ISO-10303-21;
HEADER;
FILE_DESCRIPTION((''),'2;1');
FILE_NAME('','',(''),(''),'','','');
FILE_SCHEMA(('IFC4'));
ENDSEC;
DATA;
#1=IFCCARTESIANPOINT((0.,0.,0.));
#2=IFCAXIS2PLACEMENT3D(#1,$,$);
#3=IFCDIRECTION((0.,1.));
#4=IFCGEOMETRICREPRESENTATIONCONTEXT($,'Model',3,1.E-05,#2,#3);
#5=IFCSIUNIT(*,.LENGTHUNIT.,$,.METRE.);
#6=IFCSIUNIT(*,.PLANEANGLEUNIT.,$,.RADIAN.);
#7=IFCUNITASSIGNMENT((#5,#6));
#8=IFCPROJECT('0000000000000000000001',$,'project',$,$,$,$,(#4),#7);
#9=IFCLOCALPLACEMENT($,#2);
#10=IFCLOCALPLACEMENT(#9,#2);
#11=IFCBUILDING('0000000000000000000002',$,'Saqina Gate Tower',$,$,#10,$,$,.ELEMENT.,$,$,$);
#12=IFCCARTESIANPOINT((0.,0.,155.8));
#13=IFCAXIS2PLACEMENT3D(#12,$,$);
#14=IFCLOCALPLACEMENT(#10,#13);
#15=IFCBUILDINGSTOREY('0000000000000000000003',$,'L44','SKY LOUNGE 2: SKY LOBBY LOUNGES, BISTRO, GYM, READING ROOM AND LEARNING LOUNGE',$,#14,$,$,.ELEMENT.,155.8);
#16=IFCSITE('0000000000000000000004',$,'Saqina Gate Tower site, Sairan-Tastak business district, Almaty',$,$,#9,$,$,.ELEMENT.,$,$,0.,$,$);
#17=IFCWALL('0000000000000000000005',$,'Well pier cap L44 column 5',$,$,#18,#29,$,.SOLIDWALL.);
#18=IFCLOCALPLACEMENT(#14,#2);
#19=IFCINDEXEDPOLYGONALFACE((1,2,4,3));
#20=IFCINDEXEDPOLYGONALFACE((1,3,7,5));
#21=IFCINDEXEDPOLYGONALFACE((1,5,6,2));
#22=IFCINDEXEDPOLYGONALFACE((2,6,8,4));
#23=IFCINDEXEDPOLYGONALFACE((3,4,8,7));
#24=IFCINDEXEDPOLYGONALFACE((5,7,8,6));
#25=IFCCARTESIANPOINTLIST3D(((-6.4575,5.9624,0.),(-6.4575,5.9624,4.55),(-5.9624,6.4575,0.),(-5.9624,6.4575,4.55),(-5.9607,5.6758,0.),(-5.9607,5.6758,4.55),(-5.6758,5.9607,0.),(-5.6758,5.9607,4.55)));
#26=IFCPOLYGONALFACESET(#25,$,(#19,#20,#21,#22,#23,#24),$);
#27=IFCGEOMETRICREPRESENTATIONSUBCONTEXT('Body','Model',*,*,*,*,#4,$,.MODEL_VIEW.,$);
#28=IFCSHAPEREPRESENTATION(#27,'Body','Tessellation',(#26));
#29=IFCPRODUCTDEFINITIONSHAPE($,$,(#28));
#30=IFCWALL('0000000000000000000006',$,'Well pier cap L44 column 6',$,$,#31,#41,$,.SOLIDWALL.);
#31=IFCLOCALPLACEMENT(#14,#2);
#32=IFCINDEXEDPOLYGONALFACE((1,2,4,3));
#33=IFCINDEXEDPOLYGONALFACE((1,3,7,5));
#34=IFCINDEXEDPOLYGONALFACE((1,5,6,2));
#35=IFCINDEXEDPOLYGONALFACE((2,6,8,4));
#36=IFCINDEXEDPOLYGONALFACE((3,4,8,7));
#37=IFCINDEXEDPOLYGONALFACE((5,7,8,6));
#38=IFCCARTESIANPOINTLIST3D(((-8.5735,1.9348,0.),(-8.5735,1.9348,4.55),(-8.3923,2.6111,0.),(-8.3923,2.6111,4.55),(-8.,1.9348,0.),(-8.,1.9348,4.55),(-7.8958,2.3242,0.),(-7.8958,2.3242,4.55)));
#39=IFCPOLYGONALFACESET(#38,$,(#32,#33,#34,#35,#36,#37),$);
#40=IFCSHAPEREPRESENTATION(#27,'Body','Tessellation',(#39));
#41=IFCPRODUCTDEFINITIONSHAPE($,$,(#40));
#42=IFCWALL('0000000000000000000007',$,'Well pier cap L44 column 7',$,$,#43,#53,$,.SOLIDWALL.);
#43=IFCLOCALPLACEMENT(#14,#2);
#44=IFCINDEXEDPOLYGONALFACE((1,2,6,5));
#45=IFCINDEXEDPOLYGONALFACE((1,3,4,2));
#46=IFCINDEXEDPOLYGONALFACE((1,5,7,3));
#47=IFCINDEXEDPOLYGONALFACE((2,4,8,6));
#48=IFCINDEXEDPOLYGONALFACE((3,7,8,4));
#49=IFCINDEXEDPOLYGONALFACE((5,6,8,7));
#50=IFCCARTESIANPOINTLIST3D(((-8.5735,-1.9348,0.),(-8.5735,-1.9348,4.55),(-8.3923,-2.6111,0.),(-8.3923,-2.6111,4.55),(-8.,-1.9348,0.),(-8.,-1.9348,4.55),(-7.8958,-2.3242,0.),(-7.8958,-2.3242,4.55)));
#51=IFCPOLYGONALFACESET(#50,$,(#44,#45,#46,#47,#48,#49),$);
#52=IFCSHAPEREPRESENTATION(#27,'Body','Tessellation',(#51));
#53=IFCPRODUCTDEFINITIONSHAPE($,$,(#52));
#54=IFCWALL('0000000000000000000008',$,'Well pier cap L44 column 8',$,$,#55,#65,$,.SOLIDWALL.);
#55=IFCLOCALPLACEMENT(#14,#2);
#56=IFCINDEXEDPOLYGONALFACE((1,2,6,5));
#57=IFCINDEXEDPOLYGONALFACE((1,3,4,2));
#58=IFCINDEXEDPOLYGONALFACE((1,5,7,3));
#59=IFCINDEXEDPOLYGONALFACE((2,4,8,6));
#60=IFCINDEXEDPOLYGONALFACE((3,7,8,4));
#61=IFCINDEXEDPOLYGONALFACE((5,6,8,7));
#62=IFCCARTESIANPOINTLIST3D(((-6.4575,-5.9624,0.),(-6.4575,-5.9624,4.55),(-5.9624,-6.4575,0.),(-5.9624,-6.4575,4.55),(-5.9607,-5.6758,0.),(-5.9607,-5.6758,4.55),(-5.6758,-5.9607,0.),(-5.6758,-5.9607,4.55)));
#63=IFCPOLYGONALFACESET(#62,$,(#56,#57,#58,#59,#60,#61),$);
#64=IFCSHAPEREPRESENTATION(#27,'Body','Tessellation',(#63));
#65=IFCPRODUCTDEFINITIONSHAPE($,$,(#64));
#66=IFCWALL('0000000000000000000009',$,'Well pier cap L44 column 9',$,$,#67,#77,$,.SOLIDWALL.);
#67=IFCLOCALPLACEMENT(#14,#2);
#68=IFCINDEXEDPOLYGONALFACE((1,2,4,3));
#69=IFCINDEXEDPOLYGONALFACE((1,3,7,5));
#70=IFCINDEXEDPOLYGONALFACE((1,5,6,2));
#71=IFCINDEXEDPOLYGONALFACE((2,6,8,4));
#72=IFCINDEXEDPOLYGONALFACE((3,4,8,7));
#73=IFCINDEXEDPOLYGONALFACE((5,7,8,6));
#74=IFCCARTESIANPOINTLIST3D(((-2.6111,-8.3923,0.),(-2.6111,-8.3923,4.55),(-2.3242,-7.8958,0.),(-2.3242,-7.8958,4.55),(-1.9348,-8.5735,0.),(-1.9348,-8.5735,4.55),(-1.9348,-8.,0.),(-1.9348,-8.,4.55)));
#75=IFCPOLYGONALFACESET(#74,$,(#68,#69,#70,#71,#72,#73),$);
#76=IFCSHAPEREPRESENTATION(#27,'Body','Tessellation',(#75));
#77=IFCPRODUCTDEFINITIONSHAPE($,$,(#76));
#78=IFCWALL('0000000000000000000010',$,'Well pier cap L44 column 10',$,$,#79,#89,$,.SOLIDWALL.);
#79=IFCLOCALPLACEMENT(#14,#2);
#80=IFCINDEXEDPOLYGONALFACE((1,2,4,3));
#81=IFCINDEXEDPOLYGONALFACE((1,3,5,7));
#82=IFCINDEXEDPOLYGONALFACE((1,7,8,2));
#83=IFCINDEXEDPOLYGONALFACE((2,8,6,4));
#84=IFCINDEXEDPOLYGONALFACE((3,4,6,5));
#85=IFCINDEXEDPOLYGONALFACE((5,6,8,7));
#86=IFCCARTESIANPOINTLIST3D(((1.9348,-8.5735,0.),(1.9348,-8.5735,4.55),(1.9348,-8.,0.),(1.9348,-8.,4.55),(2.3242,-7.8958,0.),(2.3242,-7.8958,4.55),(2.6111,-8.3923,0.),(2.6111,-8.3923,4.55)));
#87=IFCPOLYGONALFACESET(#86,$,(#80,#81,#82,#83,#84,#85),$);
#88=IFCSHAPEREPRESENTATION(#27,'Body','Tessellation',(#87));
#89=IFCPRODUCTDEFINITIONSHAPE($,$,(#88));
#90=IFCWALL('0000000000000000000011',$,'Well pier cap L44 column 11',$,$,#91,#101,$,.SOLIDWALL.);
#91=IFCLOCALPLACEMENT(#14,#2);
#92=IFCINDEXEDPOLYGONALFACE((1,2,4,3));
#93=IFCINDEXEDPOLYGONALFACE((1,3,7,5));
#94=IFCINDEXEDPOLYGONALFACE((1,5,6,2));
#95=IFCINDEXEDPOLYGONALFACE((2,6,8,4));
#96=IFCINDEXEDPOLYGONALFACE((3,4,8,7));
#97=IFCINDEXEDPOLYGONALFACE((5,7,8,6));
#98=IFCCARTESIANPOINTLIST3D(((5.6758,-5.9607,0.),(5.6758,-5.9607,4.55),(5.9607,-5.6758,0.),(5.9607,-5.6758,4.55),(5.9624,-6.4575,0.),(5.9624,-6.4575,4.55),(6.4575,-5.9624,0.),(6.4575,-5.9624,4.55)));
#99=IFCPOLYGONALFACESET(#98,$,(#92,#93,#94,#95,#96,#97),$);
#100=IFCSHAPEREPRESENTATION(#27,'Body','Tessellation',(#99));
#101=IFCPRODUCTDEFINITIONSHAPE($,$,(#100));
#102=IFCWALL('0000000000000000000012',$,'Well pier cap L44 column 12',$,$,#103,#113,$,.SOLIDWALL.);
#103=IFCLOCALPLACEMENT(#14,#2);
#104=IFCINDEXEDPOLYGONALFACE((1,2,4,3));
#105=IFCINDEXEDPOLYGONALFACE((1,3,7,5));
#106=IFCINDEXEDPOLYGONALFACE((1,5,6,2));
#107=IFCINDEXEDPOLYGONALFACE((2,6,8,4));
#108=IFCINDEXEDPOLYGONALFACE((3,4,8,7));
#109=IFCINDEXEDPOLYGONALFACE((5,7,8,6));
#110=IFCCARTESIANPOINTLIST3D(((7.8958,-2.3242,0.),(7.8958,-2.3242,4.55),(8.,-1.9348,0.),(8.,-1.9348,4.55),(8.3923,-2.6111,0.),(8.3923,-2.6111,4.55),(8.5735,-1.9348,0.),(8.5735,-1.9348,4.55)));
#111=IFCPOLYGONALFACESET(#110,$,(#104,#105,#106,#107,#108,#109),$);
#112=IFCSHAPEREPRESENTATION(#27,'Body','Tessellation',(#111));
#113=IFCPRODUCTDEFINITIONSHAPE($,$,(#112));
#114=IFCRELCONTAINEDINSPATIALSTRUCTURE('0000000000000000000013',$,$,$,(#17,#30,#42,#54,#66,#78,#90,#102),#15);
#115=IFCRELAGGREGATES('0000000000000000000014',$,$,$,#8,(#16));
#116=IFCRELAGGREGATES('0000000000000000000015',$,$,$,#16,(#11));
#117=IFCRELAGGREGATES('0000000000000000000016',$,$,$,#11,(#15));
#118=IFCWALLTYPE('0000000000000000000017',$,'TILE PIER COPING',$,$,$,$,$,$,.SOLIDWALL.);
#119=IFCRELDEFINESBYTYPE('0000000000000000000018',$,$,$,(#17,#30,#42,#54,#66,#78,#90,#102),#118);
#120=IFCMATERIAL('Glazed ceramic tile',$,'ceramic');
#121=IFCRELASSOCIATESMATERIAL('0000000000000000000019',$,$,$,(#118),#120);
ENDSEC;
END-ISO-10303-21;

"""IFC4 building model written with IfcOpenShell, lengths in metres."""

from ifc_helpers import new_model, si_unit, direction, frame, origin, place, context, subcontext, project, spatial, polyline, outline, extrude, material, type_object, element, save


model = new_model("IFC4")

# Units and contexts
model_context = context("Model", 3, precision=1e-05, world=origin(), true_north=direction((0.0, 1.0)))
body_context = subcontext(model_context, "Body", "Model", "MODEL_VIEW")
ifc_project = project(units=[si_unit("LENGTHUNIT", "METRE"), si_unit("PLANEANGLEUNIT", "RADIAN")], contexts=[model_context])

# Site, building, storey
site_placement = place(None, origin())
site = spatial("IfcSite", under=ifc_project, at=site_placement, Name="Saqina Gate Tower site, Sairan-Tastak business district, Almaty", CompositionType="ELEMENT", RefElevation=0.0)
building_placement = place(site_placement, origin())
building = spatial("IfcBuilding", under=site, at=building_placement, Name="Saqina Gate Tower", CompositionType="ELEMENT")
storey_placement = place(building_placement, frame((0.0, 0.0, 155.8)))
storey = spatial("IfcBuildingStorey", under=building, at=storey_placement, Name="L44", Description="SKY LOUNGE 2: SKY LOBBY LOUNGES, BISTRO, GYM, READING ROOM AND LEARNING LOUNGE", CompositionType="ELEMENT", Elevation=155.8)

# Walls
ifc_material_1 = material(Name="Glazed ceramic tile", Category="ceramic")
wall_type = type_object("IfcWallType", Name="TILE PIER COPING", PredefinedType="SOLIDWALL", material=ifc_material_1)
wall_1_placement = place(storey_placement, origin())
element("IfcWall", 1, at=wall_1_placement, inside=storey, type_object=wall_type, Name="Well pier cap L44 column 5", PredefinedType="SOLIDWALL", context=body_context, shape_type="SweptSolid", body=[
    extrude(outline(polyline([(-6.4575, 5.9624), (-5.9607, 5.6758), (-5.6758, 5.9607), (-5.9624, 6.4575), (-6.4575, 5.9624)])), origin(), (0.0, 0.0, 1.0), 4.55),
])
wall_2_placement = place(storey_placement, origin())
element("IfcWall", 2, at=wall_2_placement, inside=storey, type_object=wall_type, Name="Well pier cap L44 column 6", PredefinedType="SOLIDWALL", context=body_context, shape_type="SweptSolid", body=[
    extrude(outline(polyline([(-8.5735, 1.9348), (-8.0, 1.9348), (-7.8958, 2.3242), (-8.3923, 2.6111), (-8.5735, 1.9348)])), origin(), (0.0, 0.0, 1.0), 4.55),
])
wall_3_placement = place(storey_placement, origin())
element("IfcWall", 3, at=wall_3_placement, inside=storey, type_object=wall_type, Name="Well pier cap L44 column 7", PredefinedType="SOLIDWALL", context=body_context, shape_type="SweptSolid", body=[
    extrude(outline(polyline([(-8.0, -1.9348), (-8.5735, -1.9348), (-8.3923, -2.6111), (-7.8958, -2.3242), (-8.0, -1.9348)])), origin(), (0.0, 0.0, 1.0), 4.55),
])
wall_4_placement = place(storey_placement, origin())
element("IfcWall", 4, at=wall_4_placement, inside=storey, type_object=wall_type, Name="Well pier cap L44 column 8", PredefinedType="SOLIDWALL", context=body_context, shape_type="SweptSolid", body=[
    extrude(outline(polyline([(-6.4575, -5.9624), (-5.9624, -6.4575), (-5.6758, -5.9607), (-5.9607, -5.6758), (-6.4575, -5.9624)])), origin(), (0.0, 0.0, 1.0), 4.55),
])
wall_5_placement = place(storey_placement, origin())
element("IfcWall", 5, at=wall_5_placement, inside=storey, type_object=wall_type, Name="Well pier cap L44 column 9", PredefinedType="SOLIDWALL", context=body_context, shape_type="SweptSolid", body=[
    extrude(outline(polyline([(-1.9348, -8.5735), (-1.9348, -8.0), (-2.3242, -7.8958), (-2.6111, -8.3923), (-1.9348, -8.5735)])), origin(), (0.0, 0.0, 1.0), 4.55),
])
wall_6_placement = place(storey_placement, origin())
element("IfcWall", 6, at=wall_6_placement, inside=storey, type_object=wall_type, Name="Well pier cap L44 column 10", PredefinedType="SOLIDWALL", context=body_context, shape_type="SweptSolid", body=[
    extrude(outline(polyline([(2.6111, -8.3923), (2.3242, -7.8958), (1.9348, -8.0), (1.9348, -8.5735), (2.6111, -8.3923)])), origin(), (0.0, 0.0, 1.0), 4.55),
])
wall_7_placement = place(storey_placement, origin())
element("IfcWall", 7, at=wall_7_placement, inside=storey, type_object=wall_type, Name="Well pier cap L44 column 11", PredefinedType="SOLIDWALL", context=body_context, shape_type="SweptSolid", body=[
    extrude(outline(polyline([(5.9624, -6.4575), (6.4575, -5.9624), (5.9607, -5.6758), (5.6758, -5.9607), (5.9624, -6.4575)])), origin(), (0.0, 0.0, 1.0), 4.55),
])
wall_8_placement = place(storey_placement, origin())
element("IfcWall", 8, at=wall_8_placement, inside=storey, type_object=wall_type, Name="Well pier cap L44 column 12", PredefinedType="SOLIDWALL", context=body_context, shape_type="SweptSolid", body=[
    extrude(outline(polyline([(8.5735, -1.9348), (8.0, -1.9348), (7.8958, -2.3242), (8.3923, -2.6111), (8.5735, -1.9348)])), origin(), (0.0, 0.0, 1.0), 4.55),
])

save(model, "model.ifc")
